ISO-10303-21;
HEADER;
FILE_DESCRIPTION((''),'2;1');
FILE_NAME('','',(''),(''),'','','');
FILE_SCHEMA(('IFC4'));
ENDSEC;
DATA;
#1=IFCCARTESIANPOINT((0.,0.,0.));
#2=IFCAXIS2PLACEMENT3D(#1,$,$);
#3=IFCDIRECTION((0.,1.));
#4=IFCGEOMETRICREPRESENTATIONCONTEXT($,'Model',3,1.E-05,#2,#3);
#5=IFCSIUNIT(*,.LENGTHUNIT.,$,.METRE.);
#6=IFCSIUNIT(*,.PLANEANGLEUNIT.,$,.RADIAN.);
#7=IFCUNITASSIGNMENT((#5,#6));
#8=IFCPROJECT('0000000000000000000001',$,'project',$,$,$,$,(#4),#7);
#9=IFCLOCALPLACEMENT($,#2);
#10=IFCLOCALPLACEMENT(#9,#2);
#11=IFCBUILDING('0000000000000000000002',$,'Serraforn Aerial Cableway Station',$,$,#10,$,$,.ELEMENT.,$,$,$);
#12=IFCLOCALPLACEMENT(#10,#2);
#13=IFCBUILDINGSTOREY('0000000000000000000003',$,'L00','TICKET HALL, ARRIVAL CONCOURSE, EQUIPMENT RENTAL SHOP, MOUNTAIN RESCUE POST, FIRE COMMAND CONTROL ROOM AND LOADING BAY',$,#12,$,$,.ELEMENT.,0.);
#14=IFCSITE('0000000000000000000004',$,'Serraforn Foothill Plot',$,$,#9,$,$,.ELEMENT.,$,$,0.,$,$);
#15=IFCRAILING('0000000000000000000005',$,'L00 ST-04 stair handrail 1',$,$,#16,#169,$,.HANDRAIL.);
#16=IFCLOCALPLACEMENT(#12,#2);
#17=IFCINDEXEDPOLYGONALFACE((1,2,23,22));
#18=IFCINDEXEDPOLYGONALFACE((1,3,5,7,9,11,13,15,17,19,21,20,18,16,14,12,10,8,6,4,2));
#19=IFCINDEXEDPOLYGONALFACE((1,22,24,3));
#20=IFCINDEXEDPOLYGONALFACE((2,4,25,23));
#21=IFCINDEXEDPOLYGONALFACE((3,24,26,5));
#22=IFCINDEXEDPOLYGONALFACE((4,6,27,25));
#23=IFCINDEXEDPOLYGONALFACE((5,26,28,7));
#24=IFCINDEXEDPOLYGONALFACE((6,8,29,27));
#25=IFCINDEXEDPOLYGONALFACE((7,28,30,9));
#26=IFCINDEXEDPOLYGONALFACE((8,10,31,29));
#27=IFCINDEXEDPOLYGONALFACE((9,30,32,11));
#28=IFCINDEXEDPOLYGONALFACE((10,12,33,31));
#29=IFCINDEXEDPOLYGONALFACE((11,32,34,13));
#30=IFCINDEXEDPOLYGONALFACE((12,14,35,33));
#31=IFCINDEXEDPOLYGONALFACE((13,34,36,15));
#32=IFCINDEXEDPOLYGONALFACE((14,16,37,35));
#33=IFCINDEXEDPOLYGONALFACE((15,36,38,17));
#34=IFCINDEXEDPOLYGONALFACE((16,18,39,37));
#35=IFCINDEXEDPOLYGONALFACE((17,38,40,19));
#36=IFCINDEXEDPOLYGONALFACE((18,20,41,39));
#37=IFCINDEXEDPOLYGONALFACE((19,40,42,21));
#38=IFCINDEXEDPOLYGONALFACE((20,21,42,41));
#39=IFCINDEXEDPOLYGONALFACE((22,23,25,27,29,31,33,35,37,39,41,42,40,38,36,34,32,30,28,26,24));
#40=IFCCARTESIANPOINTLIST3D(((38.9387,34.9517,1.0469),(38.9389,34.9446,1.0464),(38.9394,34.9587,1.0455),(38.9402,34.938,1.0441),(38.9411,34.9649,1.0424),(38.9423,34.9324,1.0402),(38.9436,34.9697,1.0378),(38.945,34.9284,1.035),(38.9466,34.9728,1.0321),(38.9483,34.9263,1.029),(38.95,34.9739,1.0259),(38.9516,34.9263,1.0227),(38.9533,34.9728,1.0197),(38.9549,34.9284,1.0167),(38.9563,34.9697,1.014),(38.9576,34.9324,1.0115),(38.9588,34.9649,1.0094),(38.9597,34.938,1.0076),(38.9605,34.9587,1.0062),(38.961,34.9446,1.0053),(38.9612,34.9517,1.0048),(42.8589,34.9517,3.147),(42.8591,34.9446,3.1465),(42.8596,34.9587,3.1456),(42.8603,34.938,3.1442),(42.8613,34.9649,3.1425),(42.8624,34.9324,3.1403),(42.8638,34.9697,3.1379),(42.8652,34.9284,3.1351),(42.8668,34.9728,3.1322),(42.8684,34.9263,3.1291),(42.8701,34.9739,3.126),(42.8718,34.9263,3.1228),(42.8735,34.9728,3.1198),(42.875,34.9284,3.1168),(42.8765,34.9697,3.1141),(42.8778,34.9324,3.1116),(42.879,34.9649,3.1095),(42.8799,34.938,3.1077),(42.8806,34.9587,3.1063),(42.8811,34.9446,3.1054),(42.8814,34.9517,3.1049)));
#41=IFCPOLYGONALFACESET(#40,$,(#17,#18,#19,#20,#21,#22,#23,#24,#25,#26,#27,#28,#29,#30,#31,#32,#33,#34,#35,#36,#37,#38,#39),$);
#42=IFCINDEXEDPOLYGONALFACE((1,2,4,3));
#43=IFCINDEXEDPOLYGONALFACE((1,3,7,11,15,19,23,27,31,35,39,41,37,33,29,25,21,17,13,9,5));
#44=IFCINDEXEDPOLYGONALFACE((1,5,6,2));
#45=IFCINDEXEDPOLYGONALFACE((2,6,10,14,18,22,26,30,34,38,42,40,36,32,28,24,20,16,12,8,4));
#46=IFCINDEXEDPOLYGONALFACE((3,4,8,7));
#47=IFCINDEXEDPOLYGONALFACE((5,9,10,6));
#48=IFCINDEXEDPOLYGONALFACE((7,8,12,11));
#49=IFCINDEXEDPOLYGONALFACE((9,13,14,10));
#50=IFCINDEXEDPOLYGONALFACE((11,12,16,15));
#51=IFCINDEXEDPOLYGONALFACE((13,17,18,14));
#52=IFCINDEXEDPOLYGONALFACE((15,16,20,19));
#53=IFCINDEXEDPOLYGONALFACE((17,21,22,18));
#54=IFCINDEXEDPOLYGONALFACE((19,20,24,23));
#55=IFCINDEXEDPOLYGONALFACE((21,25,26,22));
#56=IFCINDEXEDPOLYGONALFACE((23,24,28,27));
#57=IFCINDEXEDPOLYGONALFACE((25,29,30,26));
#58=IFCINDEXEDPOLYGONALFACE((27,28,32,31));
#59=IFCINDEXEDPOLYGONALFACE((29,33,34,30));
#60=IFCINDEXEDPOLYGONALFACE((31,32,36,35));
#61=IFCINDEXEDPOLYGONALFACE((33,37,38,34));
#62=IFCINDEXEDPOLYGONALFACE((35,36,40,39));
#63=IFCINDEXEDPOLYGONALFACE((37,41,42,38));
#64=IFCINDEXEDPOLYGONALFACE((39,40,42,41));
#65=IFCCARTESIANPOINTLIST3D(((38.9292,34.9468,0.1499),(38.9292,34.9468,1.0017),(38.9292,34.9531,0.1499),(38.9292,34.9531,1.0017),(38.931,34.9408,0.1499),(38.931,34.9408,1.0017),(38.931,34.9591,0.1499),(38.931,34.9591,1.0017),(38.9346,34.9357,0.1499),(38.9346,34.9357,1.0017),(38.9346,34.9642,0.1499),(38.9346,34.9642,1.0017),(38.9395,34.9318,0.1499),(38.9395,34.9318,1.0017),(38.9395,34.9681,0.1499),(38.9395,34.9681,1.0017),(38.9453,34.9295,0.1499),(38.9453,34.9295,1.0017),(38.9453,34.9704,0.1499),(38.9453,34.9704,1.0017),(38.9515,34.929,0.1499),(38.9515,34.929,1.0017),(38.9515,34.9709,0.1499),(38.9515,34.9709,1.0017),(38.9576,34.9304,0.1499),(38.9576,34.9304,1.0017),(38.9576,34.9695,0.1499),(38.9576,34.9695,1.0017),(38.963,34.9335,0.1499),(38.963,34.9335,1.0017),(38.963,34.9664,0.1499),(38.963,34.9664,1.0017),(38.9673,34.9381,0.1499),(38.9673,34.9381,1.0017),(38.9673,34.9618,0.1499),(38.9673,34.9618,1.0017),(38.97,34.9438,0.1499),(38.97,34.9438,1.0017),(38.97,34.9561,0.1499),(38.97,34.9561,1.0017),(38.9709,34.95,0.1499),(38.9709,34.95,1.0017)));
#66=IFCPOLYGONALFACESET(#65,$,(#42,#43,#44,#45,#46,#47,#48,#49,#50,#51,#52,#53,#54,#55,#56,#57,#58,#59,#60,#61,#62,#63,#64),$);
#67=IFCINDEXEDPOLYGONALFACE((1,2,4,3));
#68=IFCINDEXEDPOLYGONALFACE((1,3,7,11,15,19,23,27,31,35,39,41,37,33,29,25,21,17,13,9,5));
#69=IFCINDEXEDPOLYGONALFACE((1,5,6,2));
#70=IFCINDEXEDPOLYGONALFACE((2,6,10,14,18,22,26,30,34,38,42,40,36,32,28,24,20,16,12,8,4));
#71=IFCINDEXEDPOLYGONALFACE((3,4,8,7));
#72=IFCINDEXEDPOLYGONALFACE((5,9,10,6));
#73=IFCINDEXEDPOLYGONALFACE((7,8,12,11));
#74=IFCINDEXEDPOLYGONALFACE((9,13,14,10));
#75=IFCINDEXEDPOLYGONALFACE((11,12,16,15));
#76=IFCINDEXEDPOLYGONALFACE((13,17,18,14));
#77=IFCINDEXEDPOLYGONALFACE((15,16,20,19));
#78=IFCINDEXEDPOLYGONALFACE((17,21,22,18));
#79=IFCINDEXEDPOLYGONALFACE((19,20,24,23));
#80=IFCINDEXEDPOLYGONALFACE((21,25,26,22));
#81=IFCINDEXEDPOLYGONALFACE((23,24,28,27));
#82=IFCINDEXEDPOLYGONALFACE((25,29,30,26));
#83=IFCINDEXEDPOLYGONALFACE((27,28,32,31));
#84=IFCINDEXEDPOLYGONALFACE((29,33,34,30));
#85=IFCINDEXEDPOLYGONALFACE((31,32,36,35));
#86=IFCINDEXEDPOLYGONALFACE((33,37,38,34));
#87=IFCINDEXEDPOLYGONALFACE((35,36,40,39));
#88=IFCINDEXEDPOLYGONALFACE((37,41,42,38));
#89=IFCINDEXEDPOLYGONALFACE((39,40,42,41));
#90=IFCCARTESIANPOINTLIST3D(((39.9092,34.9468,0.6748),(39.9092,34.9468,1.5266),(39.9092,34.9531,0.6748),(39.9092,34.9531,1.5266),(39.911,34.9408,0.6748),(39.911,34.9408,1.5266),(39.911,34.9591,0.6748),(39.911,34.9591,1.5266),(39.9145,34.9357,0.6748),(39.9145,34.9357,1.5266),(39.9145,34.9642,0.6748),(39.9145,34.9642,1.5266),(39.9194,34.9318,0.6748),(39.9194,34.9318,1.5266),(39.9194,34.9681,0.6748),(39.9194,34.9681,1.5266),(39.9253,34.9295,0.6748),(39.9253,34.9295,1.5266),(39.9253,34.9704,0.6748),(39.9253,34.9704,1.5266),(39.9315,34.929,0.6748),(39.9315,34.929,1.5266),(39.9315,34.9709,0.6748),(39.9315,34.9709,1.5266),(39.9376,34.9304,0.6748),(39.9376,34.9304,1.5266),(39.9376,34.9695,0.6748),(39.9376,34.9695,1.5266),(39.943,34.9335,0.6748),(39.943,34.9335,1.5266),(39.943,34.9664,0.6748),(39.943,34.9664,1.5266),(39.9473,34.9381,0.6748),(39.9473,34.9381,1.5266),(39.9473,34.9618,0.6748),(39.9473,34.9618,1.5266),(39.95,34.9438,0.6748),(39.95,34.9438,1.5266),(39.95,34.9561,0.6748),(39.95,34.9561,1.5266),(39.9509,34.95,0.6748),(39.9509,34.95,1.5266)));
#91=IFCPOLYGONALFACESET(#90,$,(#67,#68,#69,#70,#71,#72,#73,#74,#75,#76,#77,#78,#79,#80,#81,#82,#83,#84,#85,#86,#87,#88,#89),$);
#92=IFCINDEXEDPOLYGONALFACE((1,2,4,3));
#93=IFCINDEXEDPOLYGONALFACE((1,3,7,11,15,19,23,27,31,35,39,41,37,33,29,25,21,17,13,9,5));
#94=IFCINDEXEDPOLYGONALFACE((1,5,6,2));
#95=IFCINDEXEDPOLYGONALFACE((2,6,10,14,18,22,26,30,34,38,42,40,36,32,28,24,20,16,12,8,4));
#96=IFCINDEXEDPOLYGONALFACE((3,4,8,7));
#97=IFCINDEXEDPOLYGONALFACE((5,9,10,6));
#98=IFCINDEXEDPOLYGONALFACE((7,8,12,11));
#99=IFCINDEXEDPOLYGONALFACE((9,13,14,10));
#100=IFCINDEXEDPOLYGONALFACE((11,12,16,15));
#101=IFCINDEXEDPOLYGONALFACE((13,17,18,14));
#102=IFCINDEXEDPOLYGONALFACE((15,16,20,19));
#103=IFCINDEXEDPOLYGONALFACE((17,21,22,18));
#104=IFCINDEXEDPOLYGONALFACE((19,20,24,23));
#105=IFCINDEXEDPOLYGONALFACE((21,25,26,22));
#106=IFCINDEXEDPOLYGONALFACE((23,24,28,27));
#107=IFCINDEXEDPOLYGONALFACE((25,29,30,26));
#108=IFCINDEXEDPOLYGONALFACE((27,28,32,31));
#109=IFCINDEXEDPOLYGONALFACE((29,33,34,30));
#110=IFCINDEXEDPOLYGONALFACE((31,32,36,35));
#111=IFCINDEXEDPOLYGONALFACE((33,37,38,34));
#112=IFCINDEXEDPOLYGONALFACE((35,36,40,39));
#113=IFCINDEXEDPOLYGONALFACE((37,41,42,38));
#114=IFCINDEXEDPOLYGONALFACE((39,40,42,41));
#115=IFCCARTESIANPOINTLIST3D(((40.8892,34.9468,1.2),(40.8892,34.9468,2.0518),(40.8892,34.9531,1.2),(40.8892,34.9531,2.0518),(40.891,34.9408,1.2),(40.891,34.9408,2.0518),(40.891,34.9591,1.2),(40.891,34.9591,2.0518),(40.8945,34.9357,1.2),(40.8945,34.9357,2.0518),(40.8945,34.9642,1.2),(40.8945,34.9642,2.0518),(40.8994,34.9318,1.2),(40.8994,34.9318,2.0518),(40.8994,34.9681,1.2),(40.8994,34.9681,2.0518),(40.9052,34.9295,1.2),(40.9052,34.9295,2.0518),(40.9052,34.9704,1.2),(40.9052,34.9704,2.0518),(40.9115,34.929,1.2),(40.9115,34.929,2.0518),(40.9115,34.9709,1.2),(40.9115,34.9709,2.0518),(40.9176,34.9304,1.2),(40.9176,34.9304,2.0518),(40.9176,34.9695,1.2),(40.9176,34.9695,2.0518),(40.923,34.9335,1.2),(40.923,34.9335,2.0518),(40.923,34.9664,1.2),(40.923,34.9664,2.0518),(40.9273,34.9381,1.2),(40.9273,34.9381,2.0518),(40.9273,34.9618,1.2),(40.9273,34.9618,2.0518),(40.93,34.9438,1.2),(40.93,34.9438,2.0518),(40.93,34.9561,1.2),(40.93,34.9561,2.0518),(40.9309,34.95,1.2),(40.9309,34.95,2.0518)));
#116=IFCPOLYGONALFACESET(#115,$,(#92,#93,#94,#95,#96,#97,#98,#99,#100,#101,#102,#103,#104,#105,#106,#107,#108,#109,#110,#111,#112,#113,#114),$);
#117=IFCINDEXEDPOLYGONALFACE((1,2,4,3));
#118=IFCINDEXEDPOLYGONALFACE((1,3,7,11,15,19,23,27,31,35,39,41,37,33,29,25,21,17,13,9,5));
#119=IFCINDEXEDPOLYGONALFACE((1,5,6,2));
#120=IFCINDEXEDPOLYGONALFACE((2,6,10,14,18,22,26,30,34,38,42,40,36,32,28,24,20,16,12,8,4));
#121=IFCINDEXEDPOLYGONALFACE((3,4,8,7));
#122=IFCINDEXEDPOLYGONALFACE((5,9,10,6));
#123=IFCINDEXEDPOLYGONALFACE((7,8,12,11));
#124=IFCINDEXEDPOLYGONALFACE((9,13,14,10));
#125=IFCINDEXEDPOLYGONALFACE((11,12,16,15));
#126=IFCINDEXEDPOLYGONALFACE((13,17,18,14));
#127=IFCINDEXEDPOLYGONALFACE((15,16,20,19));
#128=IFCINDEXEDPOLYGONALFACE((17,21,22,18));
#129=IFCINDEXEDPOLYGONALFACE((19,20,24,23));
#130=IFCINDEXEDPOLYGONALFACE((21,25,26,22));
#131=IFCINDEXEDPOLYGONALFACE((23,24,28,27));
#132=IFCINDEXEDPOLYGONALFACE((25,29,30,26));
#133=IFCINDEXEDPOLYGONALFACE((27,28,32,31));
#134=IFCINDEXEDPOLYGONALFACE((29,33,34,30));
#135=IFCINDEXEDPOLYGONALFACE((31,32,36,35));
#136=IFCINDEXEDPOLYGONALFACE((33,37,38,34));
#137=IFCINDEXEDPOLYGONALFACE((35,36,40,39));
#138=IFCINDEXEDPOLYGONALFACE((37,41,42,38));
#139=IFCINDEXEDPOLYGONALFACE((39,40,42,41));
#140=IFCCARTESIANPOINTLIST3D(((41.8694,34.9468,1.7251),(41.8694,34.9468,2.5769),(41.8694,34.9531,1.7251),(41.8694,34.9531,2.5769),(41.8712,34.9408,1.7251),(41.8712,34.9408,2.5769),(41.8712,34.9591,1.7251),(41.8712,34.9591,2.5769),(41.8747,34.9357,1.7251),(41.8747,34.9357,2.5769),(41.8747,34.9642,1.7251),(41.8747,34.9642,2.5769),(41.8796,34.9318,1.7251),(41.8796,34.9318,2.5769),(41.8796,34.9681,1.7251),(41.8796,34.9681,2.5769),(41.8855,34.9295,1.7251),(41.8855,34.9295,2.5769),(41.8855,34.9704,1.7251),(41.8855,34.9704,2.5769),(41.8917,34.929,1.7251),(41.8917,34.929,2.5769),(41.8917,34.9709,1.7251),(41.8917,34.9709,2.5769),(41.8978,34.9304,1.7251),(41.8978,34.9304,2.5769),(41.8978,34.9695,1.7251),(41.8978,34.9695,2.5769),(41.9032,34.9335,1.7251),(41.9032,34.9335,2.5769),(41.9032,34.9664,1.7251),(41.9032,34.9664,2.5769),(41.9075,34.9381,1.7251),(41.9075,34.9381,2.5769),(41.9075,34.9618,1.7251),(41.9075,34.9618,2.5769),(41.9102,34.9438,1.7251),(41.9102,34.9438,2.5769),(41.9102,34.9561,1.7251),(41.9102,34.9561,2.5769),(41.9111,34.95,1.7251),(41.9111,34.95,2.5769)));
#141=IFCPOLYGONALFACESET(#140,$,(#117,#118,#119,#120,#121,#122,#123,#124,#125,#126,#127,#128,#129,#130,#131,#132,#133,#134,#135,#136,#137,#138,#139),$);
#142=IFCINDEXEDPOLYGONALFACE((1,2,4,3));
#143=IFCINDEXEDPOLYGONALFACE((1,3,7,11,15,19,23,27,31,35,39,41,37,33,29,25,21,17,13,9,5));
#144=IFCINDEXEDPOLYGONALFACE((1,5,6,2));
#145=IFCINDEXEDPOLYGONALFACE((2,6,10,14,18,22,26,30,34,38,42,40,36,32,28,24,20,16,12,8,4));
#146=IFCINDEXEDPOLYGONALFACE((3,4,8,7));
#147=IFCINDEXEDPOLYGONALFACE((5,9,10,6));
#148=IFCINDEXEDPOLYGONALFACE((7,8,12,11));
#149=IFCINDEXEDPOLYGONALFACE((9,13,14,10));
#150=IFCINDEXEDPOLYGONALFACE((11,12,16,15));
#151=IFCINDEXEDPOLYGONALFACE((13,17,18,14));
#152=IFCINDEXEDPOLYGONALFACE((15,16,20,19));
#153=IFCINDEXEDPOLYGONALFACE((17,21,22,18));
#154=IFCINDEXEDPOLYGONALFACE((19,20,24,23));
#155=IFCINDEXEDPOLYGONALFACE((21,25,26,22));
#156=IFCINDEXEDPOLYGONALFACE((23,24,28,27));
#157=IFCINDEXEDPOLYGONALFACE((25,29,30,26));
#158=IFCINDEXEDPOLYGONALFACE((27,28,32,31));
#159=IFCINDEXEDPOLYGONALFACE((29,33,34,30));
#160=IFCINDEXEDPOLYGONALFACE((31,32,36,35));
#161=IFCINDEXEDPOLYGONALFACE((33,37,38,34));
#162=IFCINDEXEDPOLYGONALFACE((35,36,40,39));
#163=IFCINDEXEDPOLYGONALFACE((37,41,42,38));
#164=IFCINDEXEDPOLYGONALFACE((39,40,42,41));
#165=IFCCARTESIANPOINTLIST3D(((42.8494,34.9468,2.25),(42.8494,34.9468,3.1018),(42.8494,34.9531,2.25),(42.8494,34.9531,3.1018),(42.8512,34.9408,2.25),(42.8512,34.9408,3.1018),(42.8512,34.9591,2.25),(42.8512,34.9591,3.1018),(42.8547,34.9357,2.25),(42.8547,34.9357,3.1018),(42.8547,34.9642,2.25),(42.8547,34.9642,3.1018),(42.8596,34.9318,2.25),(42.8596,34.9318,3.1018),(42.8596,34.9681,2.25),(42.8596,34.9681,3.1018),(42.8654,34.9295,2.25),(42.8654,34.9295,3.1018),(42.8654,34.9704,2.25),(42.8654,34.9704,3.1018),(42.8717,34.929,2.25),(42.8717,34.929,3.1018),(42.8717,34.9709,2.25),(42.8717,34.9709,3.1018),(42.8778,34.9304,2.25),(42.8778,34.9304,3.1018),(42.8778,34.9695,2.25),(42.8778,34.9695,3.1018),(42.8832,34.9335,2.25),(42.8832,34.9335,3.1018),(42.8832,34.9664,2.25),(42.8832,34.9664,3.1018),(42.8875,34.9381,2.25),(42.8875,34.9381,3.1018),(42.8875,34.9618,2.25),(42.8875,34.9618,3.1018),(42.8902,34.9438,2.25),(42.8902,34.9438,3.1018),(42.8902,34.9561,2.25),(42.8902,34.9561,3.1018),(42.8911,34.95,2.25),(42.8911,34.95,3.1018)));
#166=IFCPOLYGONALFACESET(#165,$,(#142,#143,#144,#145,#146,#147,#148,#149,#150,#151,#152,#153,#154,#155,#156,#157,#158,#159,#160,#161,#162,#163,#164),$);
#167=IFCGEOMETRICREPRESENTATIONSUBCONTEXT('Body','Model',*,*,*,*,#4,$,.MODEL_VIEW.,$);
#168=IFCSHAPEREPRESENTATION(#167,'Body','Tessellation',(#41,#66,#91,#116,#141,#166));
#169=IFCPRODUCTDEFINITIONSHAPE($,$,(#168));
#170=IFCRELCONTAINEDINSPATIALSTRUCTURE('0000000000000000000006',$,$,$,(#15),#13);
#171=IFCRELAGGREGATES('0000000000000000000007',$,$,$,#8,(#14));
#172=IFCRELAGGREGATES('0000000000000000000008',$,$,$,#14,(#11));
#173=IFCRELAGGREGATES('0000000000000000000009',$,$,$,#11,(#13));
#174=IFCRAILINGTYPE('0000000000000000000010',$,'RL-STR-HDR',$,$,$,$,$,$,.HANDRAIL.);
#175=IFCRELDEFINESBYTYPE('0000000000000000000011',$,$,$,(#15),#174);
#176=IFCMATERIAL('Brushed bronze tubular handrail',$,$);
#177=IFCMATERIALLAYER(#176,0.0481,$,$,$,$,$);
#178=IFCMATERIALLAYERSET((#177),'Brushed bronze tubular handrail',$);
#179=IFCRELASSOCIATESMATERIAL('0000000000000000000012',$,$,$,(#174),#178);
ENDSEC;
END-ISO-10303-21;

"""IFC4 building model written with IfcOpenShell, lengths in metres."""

from ifc_helpers import new_model, si_unit, direction, frame, origin, origin_2d, place, context, subcontext, project, spatial, circle, extrude, material, layer, layer_set, type_object, element, save


model = new_model("IFC4")

# Units and contexts
model_context = context("Model", 3, precision=1e-05, world=origin(), true_north=direction((0.0, 1.0)))
body_context = subcontext(model_context, "Body", "Model", "MODEL_VIEW")
ifc_project = project(units=[si_unit("LENGTHUNIT", "METRE"), si_unit("PLANEANGLEUNIT", "RADIAN")], contexts=[model_context])

# Site, building, storey
site_placement = place(None, origin())
site = spatial("IfcSite", under=ifc_project, at=site_placement, Name="Serraforn Foothill Plot", CompositionType="ELEMENT", RefElevation=0.0)
building_placement = place(site_placement, origin())
building = spatial("IfcBuilding", under=site, at=building_placement, Name="Serraforn Aerial Cableway Station", CompositionType="ELEMENT")
storey_placement = place(building_placement, origin())
storey = spatial("IfcBuildingStorey", under=building, at=storey_placement, Name="L00", Description="TICKET HALL, ARRIVAL CONCOURSE, EQUIPMENT RENTAL SHOP, MOUNTAIN RESCUE POST, FIRE COMMAND CONTROL ROOM AND LOADING BAY", CompositionType="ELEMENT", Elevation=0.0)

# Railing
ifc_material_1 = material(Name="Brushed bronze tubular handrail")
ifc_layer_1 = layer(ifc_material_1, 0.0481)
ifc_layer_set_1 = layer_set([ifc_layer_1], Name="Brushed bronze tubular handrail")
railing_type_1 = type_object("IfcRailingType", Name="RL-STR-HDR", PredefinedType="HANDRAIL", material=ifc_layer_set_1)
railing_1_placement = place(storey_placement, frame((38.95, 34.95, 0.1499)))
element("IfcRailing", 1, at=railing_1_placement, inside=storey, type_object=railing_type_1, Name="L00 ST-04 stair handrail 1", PredefinedType="HANDRAIL", context=body_context, shape_type="SweptSolid", body=[
    extrude(circle(Radius=0.0239, at=origin_2d()), frame((0.0, 0.0, 0.876), z_axis=(0.881479, 0.0, 0.472223), x_axis=(0.0, 1.0, 0.0)), (0.0, 0.0, 1.0), 4.4473),
    extrude(circle(Radius=0.021, at=origin_2d()), origin(), (0.0, 0.0, 1.0), 0.8518),
    extrude(circle(Radius=0.021, at=origin_2d()), frame((0.98, 0.0, 0.5249)), (0.0, 0.0, 1.0), 0.8518),
    extrude(circle(Radius=0.021, at=origin_2d()), frame((1.96, 0.0, 1.05)), (0.0, 0.0, 1.0), 0.8518),
    extrude(circle(Radius=0.021, at=origin_2d()), frame((2.9402, 0.0, 1.5752)), (0.0, 0.0, 1.0), 0.8518),
    extrude(circle(Radius=0.021, at=origin_2d()), frame((3.9202, 0.0, 2.1001)), (0.0, 0.0, 1.0), 0.8518),
])

save(model, "model.ifc")
